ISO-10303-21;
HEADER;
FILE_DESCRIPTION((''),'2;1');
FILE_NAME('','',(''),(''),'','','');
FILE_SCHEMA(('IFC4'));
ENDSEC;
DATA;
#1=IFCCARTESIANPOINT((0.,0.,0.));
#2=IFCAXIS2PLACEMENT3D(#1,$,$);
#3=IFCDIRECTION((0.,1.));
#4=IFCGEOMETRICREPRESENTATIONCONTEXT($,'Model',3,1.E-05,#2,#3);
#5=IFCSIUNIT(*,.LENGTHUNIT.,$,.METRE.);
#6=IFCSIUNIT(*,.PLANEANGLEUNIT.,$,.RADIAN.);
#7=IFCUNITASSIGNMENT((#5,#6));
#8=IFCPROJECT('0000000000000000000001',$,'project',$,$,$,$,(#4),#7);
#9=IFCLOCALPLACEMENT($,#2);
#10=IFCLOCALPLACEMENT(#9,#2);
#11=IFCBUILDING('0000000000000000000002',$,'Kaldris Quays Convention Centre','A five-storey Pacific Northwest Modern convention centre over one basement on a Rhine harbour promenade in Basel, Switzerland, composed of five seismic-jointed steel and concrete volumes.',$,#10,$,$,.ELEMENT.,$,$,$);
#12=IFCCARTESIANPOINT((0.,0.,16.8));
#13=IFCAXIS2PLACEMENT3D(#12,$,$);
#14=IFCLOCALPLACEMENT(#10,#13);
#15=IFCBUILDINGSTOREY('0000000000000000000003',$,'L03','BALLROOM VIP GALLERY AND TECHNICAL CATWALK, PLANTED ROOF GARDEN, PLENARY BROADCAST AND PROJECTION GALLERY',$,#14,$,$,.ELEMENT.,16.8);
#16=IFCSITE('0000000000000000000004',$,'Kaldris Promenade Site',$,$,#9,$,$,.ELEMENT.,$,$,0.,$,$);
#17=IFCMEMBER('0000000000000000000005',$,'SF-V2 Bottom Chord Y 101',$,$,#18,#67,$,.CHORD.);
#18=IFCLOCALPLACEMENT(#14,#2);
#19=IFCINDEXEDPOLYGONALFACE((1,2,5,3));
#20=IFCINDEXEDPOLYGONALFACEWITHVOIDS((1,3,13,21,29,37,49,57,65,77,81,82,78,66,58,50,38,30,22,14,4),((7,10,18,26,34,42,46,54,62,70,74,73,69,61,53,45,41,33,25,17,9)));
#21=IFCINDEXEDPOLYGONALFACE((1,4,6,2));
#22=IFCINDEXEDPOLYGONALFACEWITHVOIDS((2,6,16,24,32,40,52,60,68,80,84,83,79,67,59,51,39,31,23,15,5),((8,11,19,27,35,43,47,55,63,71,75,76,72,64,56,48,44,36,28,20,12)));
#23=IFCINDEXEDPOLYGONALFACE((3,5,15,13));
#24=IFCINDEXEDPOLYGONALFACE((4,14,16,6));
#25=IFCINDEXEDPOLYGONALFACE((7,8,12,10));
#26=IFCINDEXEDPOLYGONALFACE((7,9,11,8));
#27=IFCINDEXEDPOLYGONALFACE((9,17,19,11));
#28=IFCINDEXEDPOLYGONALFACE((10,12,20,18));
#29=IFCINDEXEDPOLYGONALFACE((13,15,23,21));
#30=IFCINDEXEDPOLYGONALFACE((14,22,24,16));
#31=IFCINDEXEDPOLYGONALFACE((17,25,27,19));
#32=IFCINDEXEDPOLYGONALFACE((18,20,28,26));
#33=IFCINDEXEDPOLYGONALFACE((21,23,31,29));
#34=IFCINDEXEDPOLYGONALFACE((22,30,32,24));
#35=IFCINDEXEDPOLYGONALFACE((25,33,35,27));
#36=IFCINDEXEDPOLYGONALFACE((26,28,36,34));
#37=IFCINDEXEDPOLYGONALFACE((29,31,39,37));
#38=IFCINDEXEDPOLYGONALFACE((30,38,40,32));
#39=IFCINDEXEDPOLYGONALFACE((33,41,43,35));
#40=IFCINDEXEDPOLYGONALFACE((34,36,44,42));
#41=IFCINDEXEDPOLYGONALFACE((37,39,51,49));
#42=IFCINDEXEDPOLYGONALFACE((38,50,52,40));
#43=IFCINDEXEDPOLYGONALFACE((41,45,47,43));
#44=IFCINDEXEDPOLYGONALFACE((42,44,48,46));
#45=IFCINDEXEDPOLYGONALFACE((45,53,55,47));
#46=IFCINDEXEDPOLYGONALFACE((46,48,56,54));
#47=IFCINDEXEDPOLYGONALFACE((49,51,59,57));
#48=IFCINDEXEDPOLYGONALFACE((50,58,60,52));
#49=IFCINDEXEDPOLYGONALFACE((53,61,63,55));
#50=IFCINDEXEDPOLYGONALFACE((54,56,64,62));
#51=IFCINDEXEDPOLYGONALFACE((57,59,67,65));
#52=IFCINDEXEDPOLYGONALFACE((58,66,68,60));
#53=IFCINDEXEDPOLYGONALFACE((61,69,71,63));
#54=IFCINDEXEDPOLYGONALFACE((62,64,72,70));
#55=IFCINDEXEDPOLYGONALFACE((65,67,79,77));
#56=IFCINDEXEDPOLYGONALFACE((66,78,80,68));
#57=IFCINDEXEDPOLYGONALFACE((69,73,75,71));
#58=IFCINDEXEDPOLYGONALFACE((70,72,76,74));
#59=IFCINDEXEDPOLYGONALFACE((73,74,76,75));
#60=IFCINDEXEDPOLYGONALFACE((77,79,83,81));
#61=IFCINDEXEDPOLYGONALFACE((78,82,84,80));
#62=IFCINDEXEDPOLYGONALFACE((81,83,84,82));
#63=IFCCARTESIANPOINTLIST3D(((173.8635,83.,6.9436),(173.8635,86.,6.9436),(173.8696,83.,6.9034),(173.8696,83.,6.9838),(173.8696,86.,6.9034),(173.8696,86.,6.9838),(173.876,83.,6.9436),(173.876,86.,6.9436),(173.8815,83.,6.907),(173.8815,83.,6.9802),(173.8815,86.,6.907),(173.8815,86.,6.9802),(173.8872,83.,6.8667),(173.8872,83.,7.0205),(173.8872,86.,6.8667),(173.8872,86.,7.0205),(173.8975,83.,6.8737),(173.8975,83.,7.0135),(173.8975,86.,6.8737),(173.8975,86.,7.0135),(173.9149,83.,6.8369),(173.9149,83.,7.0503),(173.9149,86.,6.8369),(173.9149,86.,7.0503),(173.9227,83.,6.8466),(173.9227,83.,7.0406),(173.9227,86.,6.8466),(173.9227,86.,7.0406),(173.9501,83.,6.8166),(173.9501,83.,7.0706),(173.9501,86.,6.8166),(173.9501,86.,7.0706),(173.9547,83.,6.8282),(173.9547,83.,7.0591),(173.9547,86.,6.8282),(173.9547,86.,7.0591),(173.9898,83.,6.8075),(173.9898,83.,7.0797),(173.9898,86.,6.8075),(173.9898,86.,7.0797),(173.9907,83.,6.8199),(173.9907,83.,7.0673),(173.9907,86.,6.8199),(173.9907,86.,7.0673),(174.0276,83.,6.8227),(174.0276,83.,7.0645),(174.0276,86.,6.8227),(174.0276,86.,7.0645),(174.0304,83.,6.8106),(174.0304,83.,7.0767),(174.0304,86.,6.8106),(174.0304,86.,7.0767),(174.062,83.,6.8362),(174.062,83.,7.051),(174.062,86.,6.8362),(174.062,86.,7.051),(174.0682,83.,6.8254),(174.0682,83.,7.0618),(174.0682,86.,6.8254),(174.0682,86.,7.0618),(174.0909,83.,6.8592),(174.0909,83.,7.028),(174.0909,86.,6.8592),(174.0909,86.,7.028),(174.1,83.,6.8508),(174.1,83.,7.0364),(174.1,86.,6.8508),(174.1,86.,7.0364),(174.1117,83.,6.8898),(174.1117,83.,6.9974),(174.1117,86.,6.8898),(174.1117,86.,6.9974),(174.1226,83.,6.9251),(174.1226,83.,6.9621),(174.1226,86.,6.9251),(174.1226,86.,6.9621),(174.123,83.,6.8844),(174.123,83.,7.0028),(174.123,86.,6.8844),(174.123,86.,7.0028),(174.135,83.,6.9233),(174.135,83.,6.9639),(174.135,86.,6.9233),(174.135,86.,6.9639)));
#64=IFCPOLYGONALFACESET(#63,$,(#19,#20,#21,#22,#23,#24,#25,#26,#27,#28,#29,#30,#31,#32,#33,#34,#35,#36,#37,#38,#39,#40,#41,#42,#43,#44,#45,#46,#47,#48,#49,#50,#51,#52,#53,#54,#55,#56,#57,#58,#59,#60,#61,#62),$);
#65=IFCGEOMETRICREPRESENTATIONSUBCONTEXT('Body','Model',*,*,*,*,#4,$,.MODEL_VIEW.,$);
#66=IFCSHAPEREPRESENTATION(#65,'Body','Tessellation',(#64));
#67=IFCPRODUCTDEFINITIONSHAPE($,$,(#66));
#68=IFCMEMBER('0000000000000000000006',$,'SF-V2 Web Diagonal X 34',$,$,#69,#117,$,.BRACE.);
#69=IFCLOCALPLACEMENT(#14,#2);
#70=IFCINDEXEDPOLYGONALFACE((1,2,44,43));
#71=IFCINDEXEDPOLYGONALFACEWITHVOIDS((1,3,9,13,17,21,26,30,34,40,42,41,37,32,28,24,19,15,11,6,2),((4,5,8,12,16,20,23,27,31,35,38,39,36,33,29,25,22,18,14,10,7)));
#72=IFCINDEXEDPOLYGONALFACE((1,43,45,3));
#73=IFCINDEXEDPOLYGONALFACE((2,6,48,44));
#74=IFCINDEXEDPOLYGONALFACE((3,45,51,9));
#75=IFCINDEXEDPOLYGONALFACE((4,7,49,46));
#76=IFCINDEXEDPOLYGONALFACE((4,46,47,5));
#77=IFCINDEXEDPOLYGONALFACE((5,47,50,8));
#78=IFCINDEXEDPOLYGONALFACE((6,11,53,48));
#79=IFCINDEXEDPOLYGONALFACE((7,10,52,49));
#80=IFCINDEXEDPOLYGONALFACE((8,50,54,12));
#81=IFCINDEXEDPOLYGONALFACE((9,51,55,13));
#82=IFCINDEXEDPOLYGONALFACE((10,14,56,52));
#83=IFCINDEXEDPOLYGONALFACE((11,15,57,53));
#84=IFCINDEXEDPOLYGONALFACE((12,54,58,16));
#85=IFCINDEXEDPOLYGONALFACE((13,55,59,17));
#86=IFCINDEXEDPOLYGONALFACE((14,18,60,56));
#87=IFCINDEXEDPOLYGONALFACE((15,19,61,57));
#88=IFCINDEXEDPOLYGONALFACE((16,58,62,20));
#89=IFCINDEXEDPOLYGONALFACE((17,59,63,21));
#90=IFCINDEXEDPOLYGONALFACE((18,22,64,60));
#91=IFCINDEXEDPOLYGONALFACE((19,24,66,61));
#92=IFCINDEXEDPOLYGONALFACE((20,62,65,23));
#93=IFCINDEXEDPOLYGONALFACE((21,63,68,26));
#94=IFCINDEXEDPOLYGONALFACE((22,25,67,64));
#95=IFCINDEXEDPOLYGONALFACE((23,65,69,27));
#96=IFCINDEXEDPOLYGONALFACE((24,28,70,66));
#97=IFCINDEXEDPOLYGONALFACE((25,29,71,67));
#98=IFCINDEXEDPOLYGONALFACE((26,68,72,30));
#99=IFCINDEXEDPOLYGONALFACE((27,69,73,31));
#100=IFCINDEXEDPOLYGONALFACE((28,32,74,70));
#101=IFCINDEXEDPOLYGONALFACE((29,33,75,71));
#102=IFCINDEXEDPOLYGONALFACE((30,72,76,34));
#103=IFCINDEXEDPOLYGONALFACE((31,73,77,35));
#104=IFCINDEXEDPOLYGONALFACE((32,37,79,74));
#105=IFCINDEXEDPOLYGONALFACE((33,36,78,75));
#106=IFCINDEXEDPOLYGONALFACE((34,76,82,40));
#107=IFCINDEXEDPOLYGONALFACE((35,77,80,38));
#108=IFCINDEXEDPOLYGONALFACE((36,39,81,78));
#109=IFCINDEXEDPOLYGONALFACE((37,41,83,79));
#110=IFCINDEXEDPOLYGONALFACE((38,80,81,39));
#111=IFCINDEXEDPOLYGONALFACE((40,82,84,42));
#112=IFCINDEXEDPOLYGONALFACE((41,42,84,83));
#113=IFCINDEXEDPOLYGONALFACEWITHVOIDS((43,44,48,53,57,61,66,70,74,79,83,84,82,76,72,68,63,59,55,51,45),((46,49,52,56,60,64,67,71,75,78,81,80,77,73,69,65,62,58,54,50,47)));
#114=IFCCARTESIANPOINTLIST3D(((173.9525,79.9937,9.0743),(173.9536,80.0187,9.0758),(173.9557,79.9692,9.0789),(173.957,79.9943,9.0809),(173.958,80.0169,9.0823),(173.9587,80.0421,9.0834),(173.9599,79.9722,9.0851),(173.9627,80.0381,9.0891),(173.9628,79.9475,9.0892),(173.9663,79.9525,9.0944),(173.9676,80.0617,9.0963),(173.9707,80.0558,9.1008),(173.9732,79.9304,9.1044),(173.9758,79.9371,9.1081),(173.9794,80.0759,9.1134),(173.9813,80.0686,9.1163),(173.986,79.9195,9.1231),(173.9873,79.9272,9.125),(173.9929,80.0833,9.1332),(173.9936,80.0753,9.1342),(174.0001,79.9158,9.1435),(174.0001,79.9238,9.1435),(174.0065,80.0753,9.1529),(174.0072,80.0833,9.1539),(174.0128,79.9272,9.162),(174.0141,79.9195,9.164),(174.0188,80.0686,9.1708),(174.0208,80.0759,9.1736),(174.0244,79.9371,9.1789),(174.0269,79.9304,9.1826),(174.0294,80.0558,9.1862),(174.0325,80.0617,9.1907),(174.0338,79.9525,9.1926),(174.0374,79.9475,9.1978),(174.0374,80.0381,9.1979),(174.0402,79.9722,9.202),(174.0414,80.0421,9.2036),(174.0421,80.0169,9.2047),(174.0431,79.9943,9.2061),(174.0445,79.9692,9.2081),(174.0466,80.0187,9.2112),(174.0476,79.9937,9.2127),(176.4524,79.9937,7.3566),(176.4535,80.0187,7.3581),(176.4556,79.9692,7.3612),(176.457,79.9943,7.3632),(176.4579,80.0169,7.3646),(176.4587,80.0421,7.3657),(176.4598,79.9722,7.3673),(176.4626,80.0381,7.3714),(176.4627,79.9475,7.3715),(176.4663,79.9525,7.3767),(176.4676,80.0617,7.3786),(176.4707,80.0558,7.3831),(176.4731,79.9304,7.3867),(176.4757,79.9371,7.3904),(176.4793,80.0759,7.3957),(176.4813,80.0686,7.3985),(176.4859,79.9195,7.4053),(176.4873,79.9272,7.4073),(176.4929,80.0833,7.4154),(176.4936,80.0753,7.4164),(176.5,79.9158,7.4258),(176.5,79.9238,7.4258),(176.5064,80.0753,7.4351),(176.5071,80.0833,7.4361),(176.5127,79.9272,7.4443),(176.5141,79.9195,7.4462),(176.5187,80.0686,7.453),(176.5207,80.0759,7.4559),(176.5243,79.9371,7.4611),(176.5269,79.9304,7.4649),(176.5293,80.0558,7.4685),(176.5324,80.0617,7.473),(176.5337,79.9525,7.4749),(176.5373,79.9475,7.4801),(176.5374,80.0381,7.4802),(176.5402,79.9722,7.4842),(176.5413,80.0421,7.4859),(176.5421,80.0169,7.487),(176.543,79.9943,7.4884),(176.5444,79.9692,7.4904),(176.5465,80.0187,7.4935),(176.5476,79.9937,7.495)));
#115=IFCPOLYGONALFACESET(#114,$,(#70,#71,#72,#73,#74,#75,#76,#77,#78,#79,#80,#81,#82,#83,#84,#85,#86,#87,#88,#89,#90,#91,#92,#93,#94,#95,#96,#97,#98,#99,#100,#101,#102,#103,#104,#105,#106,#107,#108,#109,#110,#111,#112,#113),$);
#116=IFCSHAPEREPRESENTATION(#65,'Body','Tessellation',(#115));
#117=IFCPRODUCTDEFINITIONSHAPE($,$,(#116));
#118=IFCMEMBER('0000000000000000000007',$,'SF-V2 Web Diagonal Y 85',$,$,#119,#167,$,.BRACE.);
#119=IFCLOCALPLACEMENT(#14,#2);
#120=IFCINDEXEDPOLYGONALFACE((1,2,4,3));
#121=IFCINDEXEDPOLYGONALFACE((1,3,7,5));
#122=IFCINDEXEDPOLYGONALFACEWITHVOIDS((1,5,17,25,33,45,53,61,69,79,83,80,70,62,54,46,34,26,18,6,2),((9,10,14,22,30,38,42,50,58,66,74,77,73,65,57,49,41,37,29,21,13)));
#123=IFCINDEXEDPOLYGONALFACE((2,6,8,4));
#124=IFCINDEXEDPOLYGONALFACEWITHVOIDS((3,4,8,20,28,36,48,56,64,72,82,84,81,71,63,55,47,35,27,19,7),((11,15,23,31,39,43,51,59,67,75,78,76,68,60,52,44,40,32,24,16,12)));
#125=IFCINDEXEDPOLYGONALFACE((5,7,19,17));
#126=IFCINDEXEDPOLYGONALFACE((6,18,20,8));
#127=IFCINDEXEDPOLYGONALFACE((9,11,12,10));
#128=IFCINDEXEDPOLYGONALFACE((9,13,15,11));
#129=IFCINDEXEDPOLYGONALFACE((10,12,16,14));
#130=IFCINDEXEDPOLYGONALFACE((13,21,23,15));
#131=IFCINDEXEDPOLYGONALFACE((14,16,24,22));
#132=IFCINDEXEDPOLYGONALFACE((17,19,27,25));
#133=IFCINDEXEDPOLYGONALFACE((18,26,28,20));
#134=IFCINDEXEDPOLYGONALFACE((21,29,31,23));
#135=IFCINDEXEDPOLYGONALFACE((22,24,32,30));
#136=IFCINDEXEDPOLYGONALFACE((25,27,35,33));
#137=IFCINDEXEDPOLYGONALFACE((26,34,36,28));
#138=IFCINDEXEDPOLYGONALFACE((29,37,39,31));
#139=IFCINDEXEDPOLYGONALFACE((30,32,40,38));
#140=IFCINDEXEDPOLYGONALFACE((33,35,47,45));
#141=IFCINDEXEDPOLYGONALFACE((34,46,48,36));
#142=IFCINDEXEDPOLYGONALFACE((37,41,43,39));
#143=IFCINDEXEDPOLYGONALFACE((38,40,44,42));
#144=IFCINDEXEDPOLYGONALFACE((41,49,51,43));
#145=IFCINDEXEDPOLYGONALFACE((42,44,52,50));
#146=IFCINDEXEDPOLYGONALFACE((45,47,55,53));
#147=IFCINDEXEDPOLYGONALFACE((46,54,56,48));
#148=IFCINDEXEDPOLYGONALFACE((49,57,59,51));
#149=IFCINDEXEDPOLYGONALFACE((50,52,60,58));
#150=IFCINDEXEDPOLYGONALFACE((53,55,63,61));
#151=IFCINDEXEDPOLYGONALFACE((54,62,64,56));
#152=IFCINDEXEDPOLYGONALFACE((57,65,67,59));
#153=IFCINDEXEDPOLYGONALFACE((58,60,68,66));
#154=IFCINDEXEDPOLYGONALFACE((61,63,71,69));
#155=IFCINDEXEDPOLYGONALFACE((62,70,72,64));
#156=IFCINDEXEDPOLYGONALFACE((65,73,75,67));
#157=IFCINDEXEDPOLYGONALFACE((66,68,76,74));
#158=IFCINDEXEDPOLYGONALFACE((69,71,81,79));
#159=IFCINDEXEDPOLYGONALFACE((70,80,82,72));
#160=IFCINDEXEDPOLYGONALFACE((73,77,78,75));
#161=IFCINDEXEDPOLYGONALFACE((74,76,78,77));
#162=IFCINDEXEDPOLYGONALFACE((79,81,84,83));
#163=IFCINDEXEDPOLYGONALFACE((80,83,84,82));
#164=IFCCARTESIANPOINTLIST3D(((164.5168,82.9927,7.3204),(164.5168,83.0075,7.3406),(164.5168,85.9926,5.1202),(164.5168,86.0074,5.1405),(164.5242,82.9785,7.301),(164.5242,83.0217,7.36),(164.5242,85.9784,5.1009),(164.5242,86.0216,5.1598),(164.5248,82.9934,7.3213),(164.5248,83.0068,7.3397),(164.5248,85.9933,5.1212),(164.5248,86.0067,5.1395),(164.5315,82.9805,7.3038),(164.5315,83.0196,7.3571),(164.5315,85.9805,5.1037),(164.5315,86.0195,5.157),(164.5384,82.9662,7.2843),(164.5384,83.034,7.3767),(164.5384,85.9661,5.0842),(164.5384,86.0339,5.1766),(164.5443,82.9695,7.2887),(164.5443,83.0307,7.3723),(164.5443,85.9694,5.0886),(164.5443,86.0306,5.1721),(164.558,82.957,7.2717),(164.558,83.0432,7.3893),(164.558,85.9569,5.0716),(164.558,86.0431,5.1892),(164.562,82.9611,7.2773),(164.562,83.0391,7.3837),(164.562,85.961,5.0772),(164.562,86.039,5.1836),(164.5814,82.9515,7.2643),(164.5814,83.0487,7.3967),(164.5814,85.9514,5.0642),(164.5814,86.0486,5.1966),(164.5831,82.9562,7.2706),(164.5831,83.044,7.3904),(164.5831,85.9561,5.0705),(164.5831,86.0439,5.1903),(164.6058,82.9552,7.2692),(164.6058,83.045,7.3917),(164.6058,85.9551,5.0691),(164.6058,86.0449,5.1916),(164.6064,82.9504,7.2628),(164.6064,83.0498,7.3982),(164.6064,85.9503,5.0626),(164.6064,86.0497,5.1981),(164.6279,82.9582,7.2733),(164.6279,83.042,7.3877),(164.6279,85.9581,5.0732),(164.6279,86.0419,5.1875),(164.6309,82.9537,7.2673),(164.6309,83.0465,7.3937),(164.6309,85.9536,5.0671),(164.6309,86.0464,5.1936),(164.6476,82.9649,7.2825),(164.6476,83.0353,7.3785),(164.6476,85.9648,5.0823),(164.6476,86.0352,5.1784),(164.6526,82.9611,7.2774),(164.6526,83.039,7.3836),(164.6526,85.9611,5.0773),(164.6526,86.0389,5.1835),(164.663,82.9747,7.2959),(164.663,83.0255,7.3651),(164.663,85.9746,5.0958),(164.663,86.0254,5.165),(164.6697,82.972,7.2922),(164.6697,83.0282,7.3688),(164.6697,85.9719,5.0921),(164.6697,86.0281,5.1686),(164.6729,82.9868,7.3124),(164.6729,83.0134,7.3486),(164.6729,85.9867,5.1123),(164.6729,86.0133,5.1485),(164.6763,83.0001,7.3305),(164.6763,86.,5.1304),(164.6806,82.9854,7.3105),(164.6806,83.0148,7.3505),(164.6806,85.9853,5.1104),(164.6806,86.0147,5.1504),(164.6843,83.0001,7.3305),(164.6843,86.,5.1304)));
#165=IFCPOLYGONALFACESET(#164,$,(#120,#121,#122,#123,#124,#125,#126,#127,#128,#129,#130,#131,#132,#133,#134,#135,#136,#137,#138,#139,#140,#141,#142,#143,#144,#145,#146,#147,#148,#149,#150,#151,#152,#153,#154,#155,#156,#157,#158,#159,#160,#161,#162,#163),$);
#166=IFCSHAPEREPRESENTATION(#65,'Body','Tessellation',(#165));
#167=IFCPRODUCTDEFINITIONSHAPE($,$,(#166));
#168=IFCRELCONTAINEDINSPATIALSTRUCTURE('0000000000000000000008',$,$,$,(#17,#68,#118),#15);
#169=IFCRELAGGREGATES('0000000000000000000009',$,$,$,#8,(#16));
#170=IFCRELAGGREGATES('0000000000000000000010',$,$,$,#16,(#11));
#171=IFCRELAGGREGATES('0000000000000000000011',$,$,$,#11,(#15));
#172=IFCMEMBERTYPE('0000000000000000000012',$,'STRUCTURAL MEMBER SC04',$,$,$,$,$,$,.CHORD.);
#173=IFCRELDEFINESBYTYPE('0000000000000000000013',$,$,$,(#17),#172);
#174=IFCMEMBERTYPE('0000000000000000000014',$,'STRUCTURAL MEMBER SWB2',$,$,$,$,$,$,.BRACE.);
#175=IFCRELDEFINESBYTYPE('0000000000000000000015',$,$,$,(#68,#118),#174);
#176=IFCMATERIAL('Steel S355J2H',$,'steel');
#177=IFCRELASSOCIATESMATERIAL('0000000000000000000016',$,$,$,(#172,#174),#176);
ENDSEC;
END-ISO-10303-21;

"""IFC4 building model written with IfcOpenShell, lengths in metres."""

from ifc_helpers import new_model, si_unit, direction, frame, origin, origin_2d, place, context, subcontext, project, spatial, hollow_circle, extrude, material, material_profile, profile_set, type_object, element, save


model = new_model("IFC4")

# Units and contexts
model_context = context("Model", 3, precision=1e-05, world=origin(), true_north=direction((0.0, 1.0)))
body_context = subcontext(model_context, "Body", "Model", "MODEL_VIEW")
ifc_project = project(units=[si_unit("LENGTHUNIT", "METRE"), si_unit("PLANEANGLEUNIT", "RADIAN")], contexts=[model_context])

# Site, building, storey
site_placement = place(None, origin())
site = spatial("IfcSite", under=ifc_project, at=site_placement, Name="Kaldris Promenade Site", CompositionType="ELEMENT", RefElevation=0.0)
building_placement = place(site_placement, origin())
building = spatial("IfcBuilding", under=site, at=building_placement, Name="Kaldris Quays Convention Centre", Description="A five-storey Pacific Northwest Modern convention centre over one basement on a Rhine harbour promenade in Basel, Switzerland, composed of five seismic-jointed steel and concrete volumes.", CompositionType="ELEMENT")
storey_placement = place(building_placement, frame((0.0, 0.0, 16.8)))
storey = spatial("IfcBuildingStorey", under=building, at=storey_placement, Name="L03", Description="BALLROOM VIP GALLERY AND TECHNICAL CATWALK, PLANTED ROOF GARDEN, PLENARY BROADCAST AND PROJECTION GALLERY", CompositionType="ELEMENT", Elevation=16.8)

# Members
ifc_material_1 = material(Name="Steel S355J2H", Category="steel")
ifc_material_profile_1 = material_profile(ifc_material_1, hollow_circle(Radius=0.1365, WallThickness=0.0125, at=origin_2d()), Name="CHS 273x12.5")
ifc_profile_set_1 = profile_set([ifc_material_profile_1], Name="Steel S355J2H")
member_type_1 = type_object("IfcMemberType", Name="STRUCTURAL MEMBER SC04", PredefinedType="CHORD", material=ifc_profile_set_1)
for number, where, z_axis, x_axis, name in (
    (1, (174.0, 83.0, 6.9436), (0.0, 1.0, 0.0), (-1.0, 0.0, 0.0), "SF-V2 Bottom Chord Y 101"),
):
    element("IfcMember", number, at=place(storey_placement, frame(where, z_axis=z_axis, x_axis=x_axis)), inside=storey, type_object=member_type_1, Name=name, PredefinedType="CHORD", context=body_context, shape_type="SweptSolid", body=[
        extrude(hollow_circle(Radius=0.1365, WallThickness=0.0125, at=origin_2d()), origin(), (0.0, 0.0, 1.0), 3.0),
    ])
ifc_material_profile_2 = material_profile(ifc_material_1, hollow_circle(Radius=0.0842, WallThickness=0.0081, at=origin_2d()), Name="CHS 168.3x8")
ifc_profile_set_2 = profile_set([ifc_material_profile_2], Name="Steel S355J2H")
member_type_2 = type_object("IfcMemberType", Name="STRUCTURAL MEMBER SWB2", PredefinedType="BRACE", material=ifc_profile_set_2)
member_1_placement = place(storey_placement, frame((176.5, 80.0, 7.4258), z_axis=(-0.824192, 0.0, 0.56631), x_axis=(0.0, -1.0, 0.0)))
element("IfcMember", 2, at=member_1_placement, inside=storey, type_object=member_type_2, Name="SF-V2 Web Diagonal X 34", PredefinedType="BRACE", context=body_context, shape_type="SweptSolid", body=[
    extrude(hollow_circle(Radius=0.0842, WallThickness=0.0081, at=origin_2d()), origin(), (0.0, 0.0, 1.0), 3.0332),
])
for number, where, z_axis, x_axis, name in (
    (3, (164.6001, 86.0, 5.1304), (0.0, -0.80638, 0.591398), (1.0, 0.0, 0.0), "SF-V2 Web Diagonal Y 85"),
):
    element("IfcMember", number, at=place(storey_placement, frame(where, z_axis=z_axis, x_axis=x_axis)), inside=storey, type_object=member_type_2, Name=name, PredefinedType="BRACE", context=body_context, shape_type="SweptSolid", body=[
        extrude(hollow_circle(Radius=0.0842, WallThickness=0.0081, at=origin_2d()), origin(), (0.0, 0.0, 1.0), 3.7202),
    ])

save(model, "model.ifc")
